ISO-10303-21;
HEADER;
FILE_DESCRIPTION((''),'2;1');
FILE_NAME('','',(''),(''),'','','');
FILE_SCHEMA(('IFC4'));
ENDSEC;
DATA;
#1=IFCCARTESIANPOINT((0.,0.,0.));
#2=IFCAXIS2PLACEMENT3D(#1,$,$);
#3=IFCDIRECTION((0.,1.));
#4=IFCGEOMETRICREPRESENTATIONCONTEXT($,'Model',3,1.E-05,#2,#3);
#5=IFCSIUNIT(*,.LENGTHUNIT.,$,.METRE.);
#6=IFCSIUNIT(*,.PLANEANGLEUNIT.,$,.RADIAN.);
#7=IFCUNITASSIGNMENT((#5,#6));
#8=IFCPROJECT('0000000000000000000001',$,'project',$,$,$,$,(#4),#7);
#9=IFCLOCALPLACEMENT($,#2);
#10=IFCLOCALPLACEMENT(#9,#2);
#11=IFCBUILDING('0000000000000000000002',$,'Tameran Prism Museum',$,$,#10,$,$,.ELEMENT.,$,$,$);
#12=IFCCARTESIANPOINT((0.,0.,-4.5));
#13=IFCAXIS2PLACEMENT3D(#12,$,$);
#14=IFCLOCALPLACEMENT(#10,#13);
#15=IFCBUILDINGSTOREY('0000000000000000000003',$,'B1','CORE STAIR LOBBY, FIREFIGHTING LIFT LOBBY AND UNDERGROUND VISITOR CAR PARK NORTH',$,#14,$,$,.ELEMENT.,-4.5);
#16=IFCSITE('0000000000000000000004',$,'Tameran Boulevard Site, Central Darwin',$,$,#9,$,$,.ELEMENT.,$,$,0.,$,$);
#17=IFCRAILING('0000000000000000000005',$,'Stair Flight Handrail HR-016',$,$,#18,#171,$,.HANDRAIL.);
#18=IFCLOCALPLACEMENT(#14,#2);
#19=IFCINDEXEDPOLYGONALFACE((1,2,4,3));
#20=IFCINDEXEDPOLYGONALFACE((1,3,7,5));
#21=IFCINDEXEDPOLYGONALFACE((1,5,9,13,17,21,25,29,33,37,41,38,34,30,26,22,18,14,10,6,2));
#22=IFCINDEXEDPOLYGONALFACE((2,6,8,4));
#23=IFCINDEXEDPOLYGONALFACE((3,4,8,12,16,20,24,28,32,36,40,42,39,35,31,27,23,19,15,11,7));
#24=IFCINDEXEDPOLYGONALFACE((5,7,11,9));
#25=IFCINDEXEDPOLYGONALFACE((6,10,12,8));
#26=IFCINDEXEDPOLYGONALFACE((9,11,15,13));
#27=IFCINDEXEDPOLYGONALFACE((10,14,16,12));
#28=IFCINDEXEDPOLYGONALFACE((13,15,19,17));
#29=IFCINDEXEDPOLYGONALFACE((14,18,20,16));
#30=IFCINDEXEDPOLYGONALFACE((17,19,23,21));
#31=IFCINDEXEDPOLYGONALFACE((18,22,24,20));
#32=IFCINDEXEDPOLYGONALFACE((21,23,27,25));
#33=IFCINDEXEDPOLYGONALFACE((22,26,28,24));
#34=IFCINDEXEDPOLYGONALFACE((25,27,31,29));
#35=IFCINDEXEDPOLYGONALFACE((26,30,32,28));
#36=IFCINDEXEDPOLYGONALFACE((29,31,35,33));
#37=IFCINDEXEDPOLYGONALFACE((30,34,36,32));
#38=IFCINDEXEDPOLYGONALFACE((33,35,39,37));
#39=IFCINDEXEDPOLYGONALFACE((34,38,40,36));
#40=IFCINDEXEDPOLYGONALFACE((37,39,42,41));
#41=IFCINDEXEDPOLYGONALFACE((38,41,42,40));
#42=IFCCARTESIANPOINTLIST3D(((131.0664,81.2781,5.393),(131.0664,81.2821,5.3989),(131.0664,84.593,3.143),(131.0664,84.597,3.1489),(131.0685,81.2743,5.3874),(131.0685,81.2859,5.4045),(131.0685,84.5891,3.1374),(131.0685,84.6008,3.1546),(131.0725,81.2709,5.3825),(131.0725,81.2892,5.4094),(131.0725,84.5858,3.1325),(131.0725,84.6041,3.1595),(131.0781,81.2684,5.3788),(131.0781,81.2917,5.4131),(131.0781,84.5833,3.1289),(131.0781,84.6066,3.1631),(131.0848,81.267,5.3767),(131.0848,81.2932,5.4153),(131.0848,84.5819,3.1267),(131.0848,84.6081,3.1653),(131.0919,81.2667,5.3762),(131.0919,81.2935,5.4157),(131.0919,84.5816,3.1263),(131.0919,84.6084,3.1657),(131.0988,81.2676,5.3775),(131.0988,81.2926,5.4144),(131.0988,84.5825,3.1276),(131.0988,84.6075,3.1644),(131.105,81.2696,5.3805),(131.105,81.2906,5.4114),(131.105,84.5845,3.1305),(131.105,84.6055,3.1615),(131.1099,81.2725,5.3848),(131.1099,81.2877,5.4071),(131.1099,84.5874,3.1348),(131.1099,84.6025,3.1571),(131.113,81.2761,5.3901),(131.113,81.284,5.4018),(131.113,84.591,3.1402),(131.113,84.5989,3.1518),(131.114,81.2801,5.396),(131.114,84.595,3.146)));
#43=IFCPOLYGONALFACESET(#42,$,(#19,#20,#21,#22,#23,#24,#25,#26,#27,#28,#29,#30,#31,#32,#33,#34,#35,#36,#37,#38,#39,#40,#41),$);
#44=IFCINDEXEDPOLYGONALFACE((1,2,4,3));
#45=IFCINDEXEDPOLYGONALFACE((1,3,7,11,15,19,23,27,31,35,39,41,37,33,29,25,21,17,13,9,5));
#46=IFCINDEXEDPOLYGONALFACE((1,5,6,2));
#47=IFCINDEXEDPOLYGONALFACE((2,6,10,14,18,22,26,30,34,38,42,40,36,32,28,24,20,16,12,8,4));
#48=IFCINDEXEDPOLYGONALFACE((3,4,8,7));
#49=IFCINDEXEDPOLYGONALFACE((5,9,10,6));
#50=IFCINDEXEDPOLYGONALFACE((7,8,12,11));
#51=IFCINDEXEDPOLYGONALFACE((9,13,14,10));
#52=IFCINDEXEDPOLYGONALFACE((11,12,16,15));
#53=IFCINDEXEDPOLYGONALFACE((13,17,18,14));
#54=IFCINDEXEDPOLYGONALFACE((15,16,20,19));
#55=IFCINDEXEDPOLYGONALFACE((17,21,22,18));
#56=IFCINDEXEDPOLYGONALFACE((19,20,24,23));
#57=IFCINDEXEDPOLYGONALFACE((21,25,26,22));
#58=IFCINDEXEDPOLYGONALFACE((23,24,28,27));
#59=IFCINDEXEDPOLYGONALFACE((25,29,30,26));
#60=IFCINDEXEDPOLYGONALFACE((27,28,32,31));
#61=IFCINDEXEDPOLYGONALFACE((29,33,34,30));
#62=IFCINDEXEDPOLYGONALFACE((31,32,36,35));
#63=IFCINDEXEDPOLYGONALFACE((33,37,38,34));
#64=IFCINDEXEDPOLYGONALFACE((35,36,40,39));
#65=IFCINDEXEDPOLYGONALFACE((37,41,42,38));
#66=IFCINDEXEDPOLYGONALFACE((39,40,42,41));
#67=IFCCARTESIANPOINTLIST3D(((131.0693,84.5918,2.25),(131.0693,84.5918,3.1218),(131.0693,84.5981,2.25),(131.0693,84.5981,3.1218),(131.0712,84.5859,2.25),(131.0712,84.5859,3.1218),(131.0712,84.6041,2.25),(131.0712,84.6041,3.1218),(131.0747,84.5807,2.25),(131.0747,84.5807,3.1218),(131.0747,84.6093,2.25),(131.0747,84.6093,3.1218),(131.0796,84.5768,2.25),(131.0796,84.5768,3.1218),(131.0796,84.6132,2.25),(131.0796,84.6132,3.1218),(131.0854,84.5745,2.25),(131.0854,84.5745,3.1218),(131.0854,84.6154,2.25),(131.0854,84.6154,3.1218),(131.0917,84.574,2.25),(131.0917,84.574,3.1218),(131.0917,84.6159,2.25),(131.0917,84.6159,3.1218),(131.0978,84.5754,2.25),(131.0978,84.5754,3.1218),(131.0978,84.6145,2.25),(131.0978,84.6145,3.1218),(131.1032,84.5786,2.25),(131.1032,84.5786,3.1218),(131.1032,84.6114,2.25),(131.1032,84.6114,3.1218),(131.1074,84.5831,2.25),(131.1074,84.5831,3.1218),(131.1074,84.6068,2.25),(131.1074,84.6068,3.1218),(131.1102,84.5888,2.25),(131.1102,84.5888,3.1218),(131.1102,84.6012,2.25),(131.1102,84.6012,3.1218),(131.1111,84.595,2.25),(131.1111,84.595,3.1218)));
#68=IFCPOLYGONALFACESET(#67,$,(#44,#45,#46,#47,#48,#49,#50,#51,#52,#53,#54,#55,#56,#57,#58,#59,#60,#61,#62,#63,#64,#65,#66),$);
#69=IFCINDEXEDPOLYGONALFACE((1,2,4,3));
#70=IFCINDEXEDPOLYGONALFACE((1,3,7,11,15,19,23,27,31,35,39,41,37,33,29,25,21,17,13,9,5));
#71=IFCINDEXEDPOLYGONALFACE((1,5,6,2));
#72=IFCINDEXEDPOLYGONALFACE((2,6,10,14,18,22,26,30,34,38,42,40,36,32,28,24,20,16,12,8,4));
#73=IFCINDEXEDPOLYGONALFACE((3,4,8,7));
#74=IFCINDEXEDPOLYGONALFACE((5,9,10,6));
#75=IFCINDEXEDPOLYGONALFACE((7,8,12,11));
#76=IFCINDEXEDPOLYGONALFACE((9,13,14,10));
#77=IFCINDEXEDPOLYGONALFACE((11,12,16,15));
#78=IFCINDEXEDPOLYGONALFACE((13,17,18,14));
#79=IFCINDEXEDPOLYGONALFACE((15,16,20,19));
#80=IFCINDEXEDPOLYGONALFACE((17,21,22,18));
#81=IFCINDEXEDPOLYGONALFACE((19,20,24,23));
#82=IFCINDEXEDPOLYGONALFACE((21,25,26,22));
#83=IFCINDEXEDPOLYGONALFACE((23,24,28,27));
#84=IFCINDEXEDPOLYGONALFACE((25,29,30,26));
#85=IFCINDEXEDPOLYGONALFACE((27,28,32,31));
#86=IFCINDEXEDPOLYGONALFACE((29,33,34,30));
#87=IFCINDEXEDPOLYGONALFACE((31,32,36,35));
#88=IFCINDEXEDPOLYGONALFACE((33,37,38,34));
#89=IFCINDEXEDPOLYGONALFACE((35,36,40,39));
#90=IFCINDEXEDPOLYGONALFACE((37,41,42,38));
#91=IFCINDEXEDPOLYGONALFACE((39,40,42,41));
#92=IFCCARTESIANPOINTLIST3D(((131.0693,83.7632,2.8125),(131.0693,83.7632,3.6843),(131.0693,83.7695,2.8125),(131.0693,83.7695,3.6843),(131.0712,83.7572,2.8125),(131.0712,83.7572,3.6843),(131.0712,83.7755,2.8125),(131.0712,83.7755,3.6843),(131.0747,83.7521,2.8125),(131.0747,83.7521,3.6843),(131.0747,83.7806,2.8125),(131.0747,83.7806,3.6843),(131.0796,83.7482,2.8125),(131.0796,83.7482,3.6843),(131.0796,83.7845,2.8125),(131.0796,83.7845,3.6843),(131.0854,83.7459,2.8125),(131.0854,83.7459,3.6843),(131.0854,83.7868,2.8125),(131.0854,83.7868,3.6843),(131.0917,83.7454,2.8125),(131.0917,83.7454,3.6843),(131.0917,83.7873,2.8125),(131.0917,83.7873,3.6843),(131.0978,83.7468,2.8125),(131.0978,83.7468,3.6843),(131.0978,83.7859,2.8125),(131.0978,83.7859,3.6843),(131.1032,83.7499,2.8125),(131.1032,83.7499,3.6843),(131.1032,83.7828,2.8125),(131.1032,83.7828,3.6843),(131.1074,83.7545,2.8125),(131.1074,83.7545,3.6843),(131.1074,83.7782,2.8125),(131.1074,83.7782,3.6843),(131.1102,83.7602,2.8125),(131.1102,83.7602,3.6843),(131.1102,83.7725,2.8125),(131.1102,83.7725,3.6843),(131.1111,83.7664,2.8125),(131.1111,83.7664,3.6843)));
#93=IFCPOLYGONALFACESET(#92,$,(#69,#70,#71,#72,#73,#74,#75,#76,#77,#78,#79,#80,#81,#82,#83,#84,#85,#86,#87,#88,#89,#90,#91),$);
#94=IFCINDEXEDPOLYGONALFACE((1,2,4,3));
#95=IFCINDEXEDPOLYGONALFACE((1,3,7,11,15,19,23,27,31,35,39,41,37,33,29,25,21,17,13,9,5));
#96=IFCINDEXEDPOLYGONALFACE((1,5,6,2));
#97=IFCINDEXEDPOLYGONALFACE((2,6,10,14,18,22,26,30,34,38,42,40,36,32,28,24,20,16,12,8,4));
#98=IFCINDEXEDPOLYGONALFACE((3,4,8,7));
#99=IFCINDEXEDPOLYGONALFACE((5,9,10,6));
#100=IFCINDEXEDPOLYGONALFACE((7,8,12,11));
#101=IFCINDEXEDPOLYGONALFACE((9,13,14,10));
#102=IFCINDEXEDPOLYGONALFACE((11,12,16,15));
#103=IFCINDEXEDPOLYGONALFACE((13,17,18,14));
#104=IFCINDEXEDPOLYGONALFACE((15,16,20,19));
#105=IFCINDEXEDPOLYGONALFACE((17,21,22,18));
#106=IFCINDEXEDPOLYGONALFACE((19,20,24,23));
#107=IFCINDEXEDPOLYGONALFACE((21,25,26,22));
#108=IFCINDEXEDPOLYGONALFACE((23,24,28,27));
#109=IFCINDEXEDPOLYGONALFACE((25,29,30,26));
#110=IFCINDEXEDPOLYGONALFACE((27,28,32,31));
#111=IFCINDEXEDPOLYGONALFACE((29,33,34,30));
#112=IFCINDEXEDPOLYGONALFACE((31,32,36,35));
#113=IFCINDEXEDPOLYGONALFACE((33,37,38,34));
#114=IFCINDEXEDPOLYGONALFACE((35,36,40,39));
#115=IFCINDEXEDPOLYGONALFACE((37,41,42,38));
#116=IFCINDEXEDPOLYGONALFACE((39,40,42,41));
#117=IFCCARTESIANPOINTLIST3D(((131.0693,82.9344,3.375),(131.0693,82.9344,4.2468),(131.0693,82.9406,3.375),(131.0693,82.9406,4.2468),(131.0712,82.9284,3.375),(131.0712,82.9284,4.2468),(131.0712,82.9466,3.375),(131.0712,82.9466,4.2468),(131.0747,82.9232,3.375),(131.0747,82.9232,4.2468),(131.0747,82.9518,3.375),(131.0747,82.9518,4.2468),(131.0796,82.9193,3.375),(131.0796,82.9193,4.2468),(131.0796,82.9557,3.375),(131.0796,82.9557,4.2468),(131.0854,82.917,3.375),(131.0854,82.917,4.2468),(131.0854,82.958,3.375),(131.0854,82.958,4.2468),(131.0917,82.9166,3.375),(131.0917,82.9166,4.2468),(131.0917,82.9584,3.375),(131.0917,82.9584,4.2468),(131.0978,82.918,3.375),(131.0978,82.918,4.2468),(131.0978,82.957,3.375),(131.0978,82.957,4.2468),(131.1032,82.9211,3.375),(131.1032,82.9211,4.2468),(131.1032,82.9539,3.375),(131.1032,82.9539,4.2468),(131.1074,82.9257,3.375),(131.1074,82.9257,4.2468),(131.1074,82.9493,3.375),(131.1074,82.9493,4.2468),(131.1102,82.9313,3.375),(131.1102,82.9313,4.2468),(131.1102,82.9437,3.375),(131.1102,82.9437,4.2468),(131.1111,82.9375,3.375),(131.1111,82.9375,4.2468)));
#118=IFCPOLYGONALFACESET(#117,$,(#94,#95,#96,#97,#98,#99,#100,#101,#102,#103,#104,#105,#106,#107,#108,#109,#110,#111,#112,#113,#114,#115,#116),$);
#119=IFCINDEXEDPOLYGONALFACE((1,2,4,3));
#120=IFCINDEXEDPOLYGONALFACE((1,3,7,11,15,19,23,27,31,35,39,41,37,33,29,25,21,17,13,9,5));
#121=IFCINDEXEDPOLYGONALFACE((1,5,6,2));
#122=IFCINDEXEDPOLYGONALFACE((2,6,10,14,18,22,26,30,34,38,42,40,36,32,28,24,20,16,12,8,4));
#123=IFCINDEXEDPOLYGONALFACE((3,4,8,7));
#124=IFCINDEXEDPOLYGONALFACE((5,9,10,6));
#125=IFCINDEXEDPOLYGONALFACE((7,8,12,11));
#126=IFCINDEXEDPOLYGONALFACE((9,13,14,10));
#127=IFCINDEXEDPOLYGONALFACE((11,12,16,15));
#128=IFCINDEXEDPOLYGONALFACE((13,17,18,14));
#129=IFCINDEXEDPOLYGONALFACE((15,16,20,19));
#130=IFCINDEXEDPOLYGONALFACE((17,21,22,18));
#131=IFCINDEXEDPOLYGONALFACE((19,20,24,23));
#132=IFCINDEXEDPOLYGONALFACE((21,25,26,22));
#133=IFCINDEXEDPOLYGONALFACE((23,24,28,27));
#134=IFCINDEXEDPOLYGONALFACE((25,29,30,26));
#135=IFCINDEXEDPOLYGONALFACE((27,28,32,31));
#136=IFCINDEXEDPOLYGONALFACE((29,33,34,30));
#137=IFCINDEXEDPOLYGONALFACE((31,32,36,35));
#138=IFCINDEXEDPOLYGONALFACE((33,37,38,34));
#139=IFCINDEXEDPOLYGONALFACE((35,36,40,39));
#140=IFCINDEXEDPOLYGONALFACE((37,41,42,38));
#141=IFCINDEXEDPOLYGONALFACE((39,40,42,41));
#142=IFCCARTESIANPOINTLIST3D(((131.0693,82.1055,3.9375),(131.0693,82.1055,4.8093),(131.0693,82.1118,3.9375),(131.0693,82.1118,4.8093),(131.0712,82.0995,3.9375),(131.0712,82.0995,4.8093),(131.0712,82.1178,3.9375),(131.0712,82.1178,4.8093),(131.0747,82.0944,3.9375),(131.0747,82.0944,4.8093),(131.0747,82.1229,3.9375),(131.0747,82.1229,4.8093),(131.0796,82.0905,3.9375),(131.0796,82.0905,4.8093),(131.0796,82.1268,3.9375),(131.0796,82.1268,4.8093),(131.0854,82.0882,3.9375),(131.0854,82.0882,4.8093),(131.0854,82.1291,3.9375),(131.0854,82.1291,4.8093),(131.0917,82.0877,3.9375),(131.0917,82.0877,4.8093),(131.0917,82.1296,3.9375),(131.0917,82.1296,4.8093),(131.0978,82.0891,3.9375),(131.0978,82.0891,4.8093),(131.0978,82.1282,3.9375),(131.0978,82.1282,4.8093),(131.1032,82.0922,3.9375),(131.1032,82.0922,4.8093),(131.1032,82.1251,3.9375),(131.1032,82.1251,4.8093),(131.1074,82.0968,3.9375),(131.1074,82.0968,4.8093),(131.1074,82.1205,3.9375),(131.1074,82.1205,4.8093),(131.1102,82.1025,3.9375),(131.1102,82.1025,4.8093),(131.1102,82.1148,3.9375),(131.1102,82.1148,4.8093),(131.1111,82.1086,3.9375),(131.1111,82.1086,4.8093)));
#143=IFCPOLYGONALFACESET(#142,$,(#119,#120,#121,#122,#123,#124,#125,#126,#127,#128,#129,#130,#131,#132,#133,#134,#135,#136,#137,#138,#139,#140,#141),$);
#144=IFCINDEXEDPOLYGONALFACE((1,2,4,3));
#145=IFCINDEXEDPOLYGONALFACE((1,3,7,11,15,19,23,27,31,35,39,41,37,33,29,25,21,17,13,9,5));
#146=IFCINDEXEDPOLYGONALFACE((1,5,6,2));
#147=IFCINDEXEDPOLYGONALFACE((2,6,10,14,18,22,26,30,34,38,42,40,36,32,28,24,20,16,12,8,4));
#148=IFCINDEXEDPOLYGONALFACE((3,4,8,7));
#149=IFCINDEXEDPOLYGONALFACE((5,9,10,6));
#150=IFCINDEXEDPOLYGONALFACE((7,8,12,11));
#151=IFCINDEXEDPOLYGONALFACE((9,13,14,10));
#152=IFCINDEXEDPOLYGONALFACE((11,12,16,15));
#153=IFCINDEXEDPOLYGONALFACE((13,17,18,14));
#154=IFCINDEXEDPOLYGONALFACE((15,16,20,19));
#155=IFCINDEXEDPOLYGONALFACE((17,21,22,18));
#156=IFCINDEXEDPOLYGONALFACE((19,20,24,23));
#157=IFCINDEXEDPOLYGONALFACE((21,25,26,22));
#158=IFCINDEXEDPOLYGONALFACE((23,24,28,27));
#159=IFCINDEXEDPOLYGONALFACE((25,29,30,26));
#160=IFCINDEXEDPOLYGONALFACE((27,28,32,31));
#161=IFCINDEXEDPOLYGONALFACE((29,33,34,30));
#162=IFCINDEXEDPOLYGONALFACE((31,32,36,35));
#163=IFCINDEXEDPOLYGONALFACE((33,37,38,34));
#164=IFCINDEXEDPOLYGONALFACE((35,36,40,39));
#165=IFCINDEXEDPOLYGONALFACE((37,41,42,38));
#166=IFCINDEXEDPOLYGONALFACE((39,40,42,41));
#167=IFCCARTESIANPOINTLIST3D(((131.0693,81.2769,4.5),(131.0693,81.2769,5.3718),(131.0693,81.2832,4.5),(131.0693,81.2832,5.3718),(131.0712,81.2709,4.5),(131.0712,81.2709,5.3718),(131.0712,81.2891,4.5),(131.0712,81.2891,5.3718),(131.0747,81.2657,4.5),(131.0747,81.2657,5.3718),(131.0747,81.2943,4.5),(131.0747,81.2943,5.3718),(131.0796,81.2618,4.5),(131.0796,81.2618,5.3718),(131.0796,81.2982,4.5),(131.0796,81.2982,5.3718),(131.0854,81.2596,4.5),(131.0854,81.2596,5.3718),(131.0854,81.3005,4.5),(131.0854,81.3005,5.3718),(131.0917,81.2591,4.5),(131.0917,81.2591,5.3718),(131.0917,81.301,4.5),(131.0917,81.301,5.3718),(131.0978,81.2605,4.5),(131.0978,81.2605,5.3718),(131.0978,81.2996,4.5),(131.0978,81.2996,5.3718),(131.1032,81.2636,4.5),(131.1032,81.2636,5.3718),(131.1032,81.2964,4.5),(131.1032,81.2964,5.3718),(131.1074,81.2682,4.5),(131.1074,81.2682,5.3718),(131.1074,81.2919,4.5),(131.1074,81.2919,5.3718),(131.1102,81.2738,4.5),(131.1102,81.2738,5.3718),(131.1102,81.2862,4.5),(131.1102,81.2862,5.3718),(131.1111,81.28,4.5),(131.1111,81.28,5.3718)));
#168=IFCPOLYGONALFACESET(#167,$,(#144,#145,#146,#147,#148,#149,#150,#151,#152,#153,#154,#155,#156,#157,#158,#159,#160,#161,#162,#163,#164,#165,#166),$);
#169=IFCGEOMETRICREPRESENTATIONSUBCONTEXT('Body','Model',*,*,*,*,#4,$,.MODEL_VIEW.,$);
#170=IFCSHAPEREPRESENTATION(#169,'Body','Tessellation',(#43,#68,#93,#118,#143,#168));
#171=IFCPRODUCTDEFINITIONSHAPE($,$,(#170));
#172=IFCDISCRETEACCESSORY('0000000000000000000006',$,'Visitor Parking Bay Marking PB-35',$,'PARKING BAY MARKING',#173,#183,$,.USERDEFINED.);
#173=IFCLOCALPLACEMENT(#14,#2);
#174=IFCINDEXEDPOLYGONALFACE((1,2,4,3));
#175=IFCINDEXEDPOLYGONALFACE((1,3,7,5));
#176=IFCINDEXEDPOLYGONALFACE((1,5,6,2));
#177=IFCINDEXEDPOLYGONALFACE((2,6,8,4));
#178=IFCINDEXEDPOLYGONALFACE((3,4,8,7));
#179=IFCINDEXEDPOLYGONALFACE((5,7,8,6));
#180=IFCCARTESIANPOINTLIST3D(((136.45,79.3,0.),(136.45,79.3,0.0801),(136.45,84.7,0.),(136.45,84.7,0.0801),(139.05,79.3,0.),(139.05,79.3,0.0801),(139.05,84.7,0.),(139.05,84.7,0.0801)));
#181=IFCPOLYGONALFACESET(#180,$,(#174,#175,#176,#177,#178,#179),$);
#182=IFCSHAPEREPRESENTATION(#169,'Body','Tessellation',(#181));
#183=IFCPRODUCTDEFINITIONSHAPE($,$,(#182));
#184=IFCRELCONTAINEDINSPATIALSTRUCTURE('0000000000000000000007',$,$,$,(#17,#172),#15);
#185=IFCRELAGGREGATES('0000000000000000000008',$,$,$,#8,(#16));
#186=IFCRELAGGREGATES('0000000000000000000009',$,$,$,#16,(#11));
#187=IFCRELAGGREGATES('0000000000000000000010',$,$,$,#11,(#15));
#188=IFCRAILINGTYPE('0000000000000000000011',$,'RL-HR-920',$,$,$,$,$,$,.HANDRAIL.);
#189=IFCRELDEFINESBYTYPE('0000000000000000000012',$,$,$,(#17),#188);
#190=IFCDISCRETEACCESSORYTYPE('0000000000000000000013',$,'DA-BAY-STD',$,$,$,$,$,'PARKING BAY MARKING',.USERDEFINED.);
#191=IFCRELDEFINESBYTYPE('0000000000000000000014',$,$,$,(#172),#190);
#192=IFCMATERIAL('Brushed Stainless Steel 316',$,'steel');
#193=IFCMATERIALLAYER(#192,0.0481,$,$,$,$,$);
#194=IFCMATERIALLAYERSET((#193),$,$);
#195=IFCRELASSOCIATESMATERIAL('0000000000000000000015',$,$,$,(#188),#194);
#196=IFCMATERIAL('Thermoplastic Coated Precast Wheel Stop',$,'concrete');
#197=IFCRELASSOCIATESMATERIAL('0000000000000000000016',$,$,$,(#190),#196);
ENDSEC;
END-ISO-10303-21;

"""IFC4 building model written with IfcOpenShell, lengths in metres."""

from ifc_helpers import new_model, si_unit, direction, frame, origin, origin_2d, place, context, subcontext, project, spatial, rectangle, circle, extrude, material, layer, layer_set, type_object, element, save


model = new_model("IFC4")

# Units and contexts
model_context = context("Model", 3, precision=1e-05, world=origin(), true_north=direction((0.0, 1.0)))
body_context = subcontext(model_context, "Body", "Model", "MODEL_VIEW")
ifc_project = project(units=[si_unit("LENGTHUNIT", "METRE"), si_unit("PLANEANGLEUNIT", "RADIAN")], contexts=[model_context])

# Site, building, storey
site_placement = place(None, origin())
site = spatial("IfcSite", under=ifc_project, at=site_placement, Name="Tameran Boulevard Site, Central Darwin", CompositionType="ELEMENT", RefElevation=0.0)
building_placement = place(site_placement, origin())
building = spatial("IfcBuilding", under=site, at=building_placement, Name="Tameran Prism Museum", CompositionType="ELEMENT")
storey_placement = place(building_placement, frame((0.0, 0.0, -4.5)))
storey = spatial("IfcBuildingStorey", under=building, at=storey_placement, Name="B1", Description="CORE STAIR LOBBY, FIREFIGHTING LIFT LOBBY AND UNDERGROUND VISITOR CAR PARK NORTH", CompositionType="ELEMENT", Elevation=-4.5)

# Railing
ifc_material_1 = material(Name="Brushed Stainless Steel 316", Category="steel")
ifc_layer_1 = layer(ifc_material_1, 0.0481)
ifc_layer_set_1 = layer_set([ifc_layer_1])
railing_type_1 = type_object("IfcRailingType", Name="RL-HR-920", PredefinedType="HANDRAIL", material=ifc_layer_set_1)
railing_1_placement = place(storey_placement, frame((131.0901, 84.595, 2.25)))
element("IfcRailing", 1, at=railing_1_placement, inside=storey, type_object=railing_type_1, Name="Stair Flight Handrail HR-016", PredefinedType="HANDRAIL", context=body_context, shape_type="SweptSolid", body=[
    extrude(circle(Radius=0.0239, at=origin_2d()), frame((0.0, 0.0, 0.896), z_axis=(0.0, -0.827409, 0.5616), x_axis=(1.0, 0.0, 0.0)), (0.0, 0.0, 1.0), 4.0063),
    extrude(circle(Radius=0.021, at=origin_2d()), origin(), (0.0, 0.0, 1.0), 0.8718),
    extrude(circle(Radius=0.021, at=origin_2d()), frame((0.0, -0.8286, 0.5625)), (0.0, 0.0, 1.0), 0.8718),
    extrude(circle(Radius=0.021, at=origin_2d()), frame((0.0, -1.6575, 1.125)), (0.0, 0.0, 1.0), 0.8718),
    extrude(circle(Radius=0.021, at=origin_2d()), frame((0.0, -2.4863, 1.6875)), (0.0, 0.0, 1.0), 0.8718),
    extrude(circle(Radius=0.021, at=origin_2d()), frame((0.0, -3.3149, 2.25)), (0.0, 0.0, 1.0), 0.8718),
])

# Discrete accessory
ifc_material_2 = material(Name="Thermoplastic Coated Precast Wheel Stop", Category="concrete")
discrete_accessory_type = type_object("IfcDiscreteAccessoryType", Name="DA-BAY-STD", ElementType="PARKING BAY MARKING", PredefinedType="USERDEFINED", material=ifc_material_2)
discrete_accessory_placement = place(storey_placement, frame((137.75, 82.0, 0.0), z_axis=(0.0, 0.0, 1.0), x_axis=(1.0, 0.0, 0.0)))
element("IfcDiscreteAccessory", 2, at=discrete_accessory_placement, inside=storey, type_object=discrete_accessory_type, Name="Visitor Parking Bay Marking PB-35", ObjectType="PARKING BAY MARKING", PredefinedType="USERDEFINED", context=body_context, shape_type="SweptSolid", body=[
    extrude(rectangle(XDim=2.6001, YDim=5.3999, at=origin_2d()), origin(), (0.0, 0.0, 1.0), 0.0801),
])

save(model, "model.ifc")
